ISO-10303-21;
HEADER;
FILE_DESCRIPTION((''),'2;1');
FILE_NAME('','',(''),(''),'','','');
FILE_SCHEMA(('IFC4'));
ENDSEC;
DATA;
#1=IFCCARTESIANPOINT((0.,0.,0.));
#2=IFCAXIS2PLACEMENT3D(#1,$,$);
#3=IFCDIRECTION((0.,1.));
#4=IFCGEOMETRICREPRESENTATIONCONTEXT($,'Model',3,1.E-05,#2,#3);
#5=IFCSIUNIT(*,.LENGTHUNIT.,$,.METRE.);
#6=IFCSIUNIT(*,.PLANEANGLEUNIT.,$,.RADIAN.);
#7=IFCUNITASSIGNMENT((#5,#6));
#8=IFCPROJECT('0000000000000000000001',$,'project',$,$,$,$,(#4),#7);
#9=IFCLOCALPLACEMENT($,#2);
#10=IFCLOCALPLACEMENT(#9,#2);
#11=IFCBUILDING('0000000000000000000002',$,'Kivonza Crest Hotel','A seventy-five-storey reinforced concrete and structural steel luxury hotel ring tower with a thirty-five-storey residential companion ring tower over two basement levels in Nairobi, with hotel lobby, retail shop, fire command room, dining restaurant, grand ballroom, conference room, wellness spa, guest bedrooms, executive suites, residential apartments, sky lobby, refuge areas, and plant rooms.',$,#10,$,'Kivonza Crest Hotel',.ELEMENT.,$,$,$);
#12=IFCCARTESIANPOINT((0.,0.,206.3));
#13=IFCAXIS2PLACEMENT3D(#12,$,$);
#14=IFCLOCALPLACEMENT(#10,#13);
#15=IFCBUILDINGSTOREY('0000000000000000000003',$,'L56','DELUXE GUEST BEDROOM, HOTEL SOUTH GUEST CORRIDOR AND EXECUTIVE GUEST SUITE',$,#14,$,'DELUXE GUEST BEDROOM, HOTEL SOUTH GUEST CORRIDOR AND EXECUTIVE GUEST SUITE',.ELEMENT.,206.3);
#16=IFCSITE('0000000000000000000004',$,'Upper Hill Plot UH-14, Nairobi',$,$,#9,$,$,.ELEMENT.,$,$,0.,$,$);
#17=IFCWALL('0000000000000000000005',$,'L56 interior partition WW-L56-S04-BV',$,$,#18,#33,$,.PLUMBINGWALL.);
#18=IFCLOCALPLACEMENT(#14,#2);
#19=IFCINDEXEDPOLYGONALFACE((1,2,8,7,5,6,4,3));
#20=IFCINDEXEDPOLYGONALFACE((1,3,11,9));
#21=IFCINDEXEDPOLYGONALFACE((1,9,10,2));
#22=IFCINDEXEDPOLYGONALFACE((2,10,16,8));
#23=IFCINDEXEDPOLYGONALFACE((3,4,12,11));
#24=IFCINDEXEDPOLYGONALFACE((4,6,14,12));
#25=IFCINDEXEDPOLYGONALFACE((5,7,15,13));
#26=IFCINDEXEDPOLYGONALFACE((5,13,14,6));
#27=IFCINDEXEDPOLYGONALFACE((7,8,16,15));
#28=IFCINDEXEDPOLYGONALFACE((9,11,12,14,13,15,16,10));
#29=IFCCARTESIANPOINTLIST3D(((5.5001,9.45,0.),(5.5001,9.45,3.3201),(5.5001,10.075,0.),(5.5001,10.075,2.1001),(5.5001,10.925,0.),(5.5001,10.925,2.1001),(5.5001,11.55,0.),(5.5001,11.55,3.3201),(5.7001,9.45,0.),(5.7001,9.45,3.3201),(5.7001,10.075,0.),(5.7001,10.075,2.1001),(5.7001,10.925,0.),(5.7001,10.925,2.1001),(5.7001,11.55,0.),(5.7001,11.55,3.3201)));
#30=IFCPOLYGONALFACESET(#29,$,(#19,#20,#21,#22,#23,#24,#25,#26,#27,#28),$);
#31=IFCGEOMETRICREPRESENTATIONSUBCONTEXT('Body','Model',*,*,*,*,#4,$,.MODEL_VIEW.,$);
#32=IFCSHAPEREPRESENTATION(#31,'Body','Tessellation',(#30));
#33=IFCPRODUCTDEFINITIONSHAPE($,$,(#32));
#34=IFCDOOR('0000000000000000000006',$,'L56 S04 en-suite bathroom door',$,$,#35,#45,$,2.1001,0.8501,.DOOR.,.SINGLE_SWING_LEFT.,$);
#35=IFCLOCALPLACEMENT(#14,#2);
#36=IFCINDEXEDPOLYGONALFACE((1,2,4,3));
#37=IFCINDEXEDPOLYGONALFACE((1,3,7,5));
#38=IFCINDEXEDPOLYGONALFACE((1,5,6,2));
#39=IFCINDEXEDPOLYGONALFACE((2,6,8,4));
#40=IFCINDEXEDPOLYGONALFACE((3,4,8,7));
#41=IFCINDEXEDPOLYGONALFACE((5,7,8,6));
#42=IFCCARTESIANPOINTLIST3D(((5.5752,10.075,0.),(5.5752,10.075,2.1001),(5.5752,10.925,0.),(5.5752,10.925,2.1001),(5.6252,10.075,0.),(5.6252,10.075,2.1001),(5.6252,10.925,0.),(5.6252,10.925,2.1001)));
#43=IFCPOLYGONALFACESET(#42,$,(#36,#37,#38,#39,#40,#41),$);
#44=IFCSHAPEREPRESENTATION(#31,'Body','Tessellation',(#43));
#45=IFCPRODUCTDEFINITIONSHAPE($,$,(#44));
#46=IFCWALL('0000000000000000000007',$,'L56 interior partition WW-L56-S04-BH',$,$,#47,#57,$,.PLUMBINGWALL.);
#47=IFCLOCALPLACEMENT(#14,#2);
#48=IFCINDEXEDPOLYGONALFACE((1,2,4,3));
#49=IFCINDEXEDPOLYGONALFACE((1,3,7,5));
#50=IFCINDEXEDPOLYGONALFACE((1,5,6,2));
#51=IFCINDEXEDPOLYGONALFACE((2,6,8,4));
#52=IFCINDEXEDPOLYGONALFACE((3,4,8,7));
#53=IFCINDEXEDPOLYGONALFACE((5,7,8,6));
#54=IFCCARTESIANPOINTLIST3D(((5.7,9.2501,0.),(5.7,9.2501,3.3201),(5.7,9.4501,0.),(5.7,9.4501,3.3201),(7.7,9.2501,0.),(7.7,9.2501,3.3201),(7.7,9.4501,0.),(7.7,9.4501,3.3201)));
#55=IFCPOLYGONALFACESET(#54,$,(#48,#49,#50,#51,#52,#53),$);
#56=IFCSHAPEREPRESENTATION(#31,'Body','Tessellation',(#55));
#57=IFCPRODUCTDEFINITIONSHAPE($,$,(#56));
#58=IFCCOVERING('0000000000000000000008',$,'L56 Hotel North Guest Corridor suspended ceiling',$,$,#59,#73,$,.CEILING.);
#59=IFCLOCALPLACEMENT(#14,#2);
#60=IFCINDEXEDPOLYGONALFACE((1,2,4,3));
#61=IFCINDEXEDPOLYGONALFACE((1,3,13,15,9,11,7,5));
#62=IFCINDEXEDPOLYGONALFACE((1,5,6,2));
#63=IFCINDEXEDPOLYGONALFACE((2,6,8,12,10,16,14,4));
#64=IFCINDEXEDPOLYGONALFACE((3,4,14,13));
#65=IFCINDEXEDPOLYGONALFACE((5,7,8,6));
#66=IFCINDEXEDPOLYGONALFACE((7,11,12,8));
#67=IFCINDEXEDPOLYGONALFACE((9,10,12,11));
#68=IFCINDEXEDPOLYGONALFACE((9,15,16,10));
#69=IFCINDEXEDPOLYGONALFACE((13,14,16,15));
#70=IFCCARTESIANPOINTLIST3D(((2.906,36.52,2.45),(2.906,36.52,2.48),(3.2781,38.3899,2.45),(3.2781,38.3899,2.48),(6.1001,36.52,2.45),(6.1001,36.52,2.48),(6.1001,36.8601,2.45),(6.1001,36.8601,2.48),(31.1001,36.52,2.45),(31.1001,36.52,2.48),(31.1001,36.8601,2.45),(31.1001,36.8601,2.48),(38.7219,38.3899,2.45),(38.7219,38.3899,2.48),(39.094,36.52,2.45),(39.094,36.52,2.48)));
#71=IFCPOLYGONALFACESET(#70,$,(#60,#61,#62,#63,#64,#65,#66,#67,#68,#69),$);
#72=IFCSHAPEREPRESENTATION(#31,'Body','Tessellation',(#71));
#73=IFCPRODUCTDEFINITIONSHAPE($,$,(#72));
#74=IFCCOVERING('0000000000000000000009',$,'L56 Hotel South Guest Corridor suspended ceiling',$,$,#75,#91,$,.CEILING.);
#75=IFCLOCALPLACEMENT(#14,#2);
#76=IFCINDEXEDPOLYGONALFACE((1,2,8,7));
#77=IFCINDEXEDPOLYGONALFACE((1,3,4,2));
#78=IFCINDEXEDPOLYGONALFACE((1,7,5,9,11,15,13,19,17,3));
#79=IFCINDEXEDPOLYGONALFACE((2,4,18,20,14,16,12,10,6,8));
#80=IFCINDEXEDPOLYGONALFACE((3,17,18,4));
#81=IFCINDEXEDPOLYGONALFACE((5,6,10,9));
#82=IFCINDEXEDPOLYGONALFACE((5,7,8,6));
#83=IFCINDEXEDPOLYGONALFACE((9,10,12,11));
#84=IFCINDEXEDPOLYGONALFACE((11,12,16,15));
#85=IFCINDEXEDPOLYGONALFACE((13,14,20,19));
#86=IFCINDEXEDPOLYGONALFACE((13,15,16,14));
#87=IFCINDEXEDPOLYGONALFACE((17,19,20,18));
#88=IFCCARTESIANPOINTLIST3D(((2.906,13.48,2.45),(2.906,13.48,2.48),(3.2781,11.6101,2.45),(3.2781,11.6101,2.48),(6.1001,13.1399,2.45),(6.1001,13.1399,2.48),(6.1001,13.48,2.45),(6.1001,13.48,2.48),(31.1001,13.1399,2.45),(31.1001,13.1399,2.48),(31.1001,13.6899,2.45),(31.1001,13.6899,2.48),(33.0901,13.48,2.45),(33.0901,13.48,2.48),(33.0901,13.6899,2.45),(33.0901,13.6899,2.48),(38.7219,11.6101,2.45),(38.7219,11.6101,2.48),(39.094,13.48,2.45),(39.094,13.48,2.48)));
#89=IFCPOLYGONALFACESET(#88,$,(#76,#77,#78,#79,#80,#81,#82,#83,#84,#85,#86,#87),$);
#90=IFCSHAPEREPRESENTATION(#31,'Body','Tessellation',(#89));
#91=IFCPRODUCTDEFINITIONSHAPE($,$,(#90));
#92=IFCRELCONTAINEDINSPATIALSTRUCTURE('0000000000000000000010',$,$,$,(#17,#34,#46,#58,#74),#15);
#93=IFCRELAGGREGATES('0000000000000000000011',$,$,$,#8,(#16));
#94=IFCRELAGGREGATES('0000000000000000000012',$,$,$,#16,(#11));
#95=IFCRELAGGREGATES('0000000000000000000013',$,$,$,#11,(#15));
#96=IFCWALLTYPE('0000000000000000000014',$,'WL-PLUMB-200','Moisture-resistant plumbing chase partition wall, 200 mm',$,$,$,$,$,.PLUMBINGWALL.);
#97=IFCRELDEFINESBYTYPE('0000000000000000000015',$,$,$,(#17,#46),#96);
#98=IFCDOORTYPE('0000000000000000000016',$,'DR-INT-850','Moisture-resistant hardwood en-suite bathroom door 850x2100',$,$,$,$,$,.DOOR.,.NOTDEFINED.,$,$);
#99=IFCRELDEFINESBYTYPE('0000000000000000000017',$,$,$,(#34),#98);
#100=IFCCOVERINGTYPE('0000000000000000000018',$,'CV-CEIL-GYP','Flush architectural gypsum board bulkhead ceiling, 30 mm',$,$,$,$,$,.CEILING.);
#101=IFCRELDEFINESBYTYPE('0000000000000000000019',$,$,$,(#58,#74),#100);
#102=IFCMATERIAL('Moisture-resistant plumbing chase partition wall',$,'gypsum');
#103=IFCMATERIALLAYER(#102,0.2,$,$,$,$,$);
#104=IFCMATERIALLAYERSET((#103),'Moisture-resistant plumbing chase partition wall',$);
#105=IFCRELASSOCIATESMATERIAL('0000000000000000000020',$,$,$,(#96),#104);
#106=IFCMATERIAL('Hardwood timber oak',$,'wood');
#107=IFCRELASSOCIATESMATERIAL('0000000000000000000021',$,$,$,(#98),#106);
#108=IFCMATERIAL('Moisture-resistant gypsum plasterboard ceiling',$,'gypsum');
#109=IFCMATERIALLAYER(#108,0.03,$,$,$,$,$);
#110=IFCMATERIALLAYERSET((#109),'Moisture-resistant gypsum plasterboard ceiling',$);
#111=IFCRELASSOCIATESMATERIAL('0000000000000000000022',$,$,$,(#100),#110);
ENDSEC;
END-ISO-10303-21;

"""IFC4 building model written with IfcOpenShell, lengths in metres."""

from ifc_helpers import new_model, si_unit, direction, frame, frame_2d, origin, place, context, subcontext, project, spatial, polyline, rectangle, outline, extrude, material, layer, layer_set, type_object, element, fill, save


model = new_model("IFC4")

# Units and contexts
model_context = context("Model", 3, precision=1e-05, world=origin(), true_north=direction((0.0, 1.0)))
body_context = subcontext(model_context, "Body", "Model", "MODEL_VIEW")
ifc_project = project(units=[si_unit("LENGTHUNIT", "METRE"), si_unit("PLANEANGLEUNIT", "RADIAN")], contexts=[model_context])

# Site, building, storey
site_placement = place(None, origin())
site = spatial("IfcSite", under=ifc_project, at=site_placement, Name="Upper Hill Plot UH-14, Nairobi", CompositionType="ELEMENT", RefElevation=0.0)
building_placement = place(site_placement, origin())
building = spatial("IfcBuilding", under=site, at=building_placement, Name="Kivonza Crest Hotel", Description="A seventy-five-storey reinforced concrete and structural steel luxury hotel ring tower with a thirty-five-storey residential companion ring tower over two basement levels in Nairobi, with hotel lobby, retail shop, fire command room, dining restaurant, grand ballroom, conference room, wellness spa, guest bedrooms, executive suites, residential apartments, sky lobby, refuge areas, and plant rooms.", LongName="Kivonza Crest Hotel", CompositionType="ELEMENT")
storey_placement = place(building_placement, frame((0.0, 0.0, 206.3)))
storey = spatial("IfcBuildingStorey", under=building, at=storey_placement, Name="L56", Description="DELUXE GUEST BEDROOM, HOTEL SOUTH GUEST CORRIDOR AND EXECUTIVE GUEST SUITE", LongName="DELUXE GUEST BEDROOM, HOTEL SOUTH GUEST CORRIDOR AND EXECUTIVE GUEST SUITE", CompositionType="ELEMENT", Elevation=206.3)

# Shared definitions
ifc_material_1 = material(Name="Hardwood timber oak", Category="wood")

# Wall, opening, door
ifc_material_2 = material(Name="Moisture-resistant plumbing chase partition wall", Category="gypsum")
ifc_layer_1 = layer(ifc_material_2, 0.2)
ifc_layer_set_1 = layer_set([ifc_layer_1], Name="Moisture-resistant plumbing chase partition wall")
wall_type_1 = type_object("IfcWallType", Name="WL-PLUMB-200", Description="Moisture-resistant plumbing chase partition wall, 200 mm", PredefinedType="PLUMBINGWALL", material=ifc_layer_set_1)
wall_1_placement = place(storey_placement, frame((5.6001, 9.45, 0.0), z_axis=(0.0, 0.0, 1.0), x_axis=(0.0, 1.0, 0.0)))
wall_1 = element("IfcWall", 1, at=wall_1_placement, inside=storey, type_object=wall_type_1, Name="L56 interior partition WW-L56-S04-BV", PredefinedType="PLUMBINGWALL", context=body_context, shape_type="SweptSolid", body=[
    extrude(rectangle(XDim=2.1001, YDim=0.2, at=frame_2d((1.05, 0.0))), origin(), (0.0, 0.0, 1.0), 3.3201),
])
opening_1_placement = place(wall_1_placement, frame((0.625, 0.0, 0.0)))
opening_1 = element("IfcOpeningElement", 2, at=opening_1_placement, cuts=wall_1, PredefinedType="OPENING", context=body_context, shape_type="SweptSolid", body=[
    extrude(rectangle(XDim=0.8501, YDim=2.1001, at=frame_2d((0.425, 1.05))), frame((0.0, 0.1099, 0.0), z_axis=(0.0, -1.0, 0.0), x_axis=(1.0, 0.0, 0.0)), (0.0, 0.0, 1.0), 0.22),
])
door_type_1 = type_object("IfcDoorType", Name="DR-INT-850", Description="Moisture-resistant hardwood en-suite bathroom door 850x2100", OperationType="NOTDEFINED", PredefinedType="DOOR", material=ifc_material_1)
door_1_placement = place(opening_1_placement, origin())
door_1 = element("IfcDoor", 3, at=door_1_placement, inside=storey, type_object=door_type_1, Name="L56 S04 en-suite bathroom door", OperationType="SINGLE_SWING_LEFT", OverallHeight=2.1001, OverallWidth=0.8501, PredefinedType="DOOR", context=body_context, shape_type="SweptSolid", body=[
    extrude(rectangle(XDim=0.8501, YDim=2.1001, at=frame_2d((0.425, 1.05))), frame((0.0, 0.0249, 0.0), z_axis=(0.0, -1.0, 0.0), x_axis=(1.0, 0.0, 0.0)), (0.0, 0.0, 1.0), 0.05),
])
fill(opening_1, door_1)

# Wall
wall_2_placement = place(storey_placement, frame((5.7, 9.3501, 0.0), z_axis=(0.0, 0.0, 1.0), x_axis=(1.0, 0.0, 0.0)))
element("IfcWall", 4, at=wall_2_placement, inside=storey, type_object=wall_type_1, Name="L56 interior partition WW-L56-S04-BH", PredefinedType="PLUMBINGWALL", context=body_context, shape_type="SweptSolid", body=[
    extrude(rectangle(XDim=2.0, YDim=0.2, at=frame_2d((1.0, 0.0))), origin(), (0.0, 0.0, 1.0), 3.3201),
])

# Coverings
ifc_material_3 = material(Name="Moisture-resistant gypsum plasterboard ceiling", Category="gypsum")
ifc_layer_2 = layer(ifc_material_3, 0.03)
ifc_layer_set_2 = layer_set([ifc_layer_2], Name="Moisture-resistant gypsum plasterboard ceiling")
covering_type = type_object("IfcCoveringType", Name="CV-CEIL-GYP", Description="Flush architectural gypsum board bulkhead ceiling, 30 mm", PredefinedType="CEILING", material=ifc_layer_set_2)
covering_1_placement = place(storey_placement, frame((0.0, 0.0, 2.45)))
element("IfcCovering", 5, at=covering_1_placement, inside=storey, type_object=covering_type, Name="L56 Hotel North Guest Corridor suspended ceiling", PredefinedType="CEILING", context=body_context, shape_type="SweptSolid", body=[
    extrude(outline(polyline([(3.2781, 38.3899), (2.906, 36.52), (6.1001, 36.52), (6.1001, 36.8601), (31.1001, 36.8601), (31.1001, 36.52), (39.094, 36.52), (38.7219, 38.3899), (3.2781, 38.3899)])), origin(), (0.0, 0.0, 1.0), 0.03),
])
covering_2_placement = place(storey_placement, frame((0.0, 0.0, 2.45)))
element("IfcCovering", 6, at=covering_2_placement, inside=storey, type_object=covering_type, Name="L56 Hotel South Guest Corridor suspended ceiling", PredefinedType="CEILING", context=body_context, shape_type="SweptSolid", body=[
    extrude(outline(polyline([(33.0901, 13.48), (33.0901, 13.6899), (31.1001, 13.6899), (31.1001, 13.1399), (6.1001, 13.1399), (6.1001, 13.48), (2.906, 13.48), (3.2781, 11.6101), (38.7219, 11.6101), (39.094, 13.48), (33.0901, 13.48)])), origin(), (0.0, 0.0, 1.0), 0.03),
])

save(model, "model.ifc")
